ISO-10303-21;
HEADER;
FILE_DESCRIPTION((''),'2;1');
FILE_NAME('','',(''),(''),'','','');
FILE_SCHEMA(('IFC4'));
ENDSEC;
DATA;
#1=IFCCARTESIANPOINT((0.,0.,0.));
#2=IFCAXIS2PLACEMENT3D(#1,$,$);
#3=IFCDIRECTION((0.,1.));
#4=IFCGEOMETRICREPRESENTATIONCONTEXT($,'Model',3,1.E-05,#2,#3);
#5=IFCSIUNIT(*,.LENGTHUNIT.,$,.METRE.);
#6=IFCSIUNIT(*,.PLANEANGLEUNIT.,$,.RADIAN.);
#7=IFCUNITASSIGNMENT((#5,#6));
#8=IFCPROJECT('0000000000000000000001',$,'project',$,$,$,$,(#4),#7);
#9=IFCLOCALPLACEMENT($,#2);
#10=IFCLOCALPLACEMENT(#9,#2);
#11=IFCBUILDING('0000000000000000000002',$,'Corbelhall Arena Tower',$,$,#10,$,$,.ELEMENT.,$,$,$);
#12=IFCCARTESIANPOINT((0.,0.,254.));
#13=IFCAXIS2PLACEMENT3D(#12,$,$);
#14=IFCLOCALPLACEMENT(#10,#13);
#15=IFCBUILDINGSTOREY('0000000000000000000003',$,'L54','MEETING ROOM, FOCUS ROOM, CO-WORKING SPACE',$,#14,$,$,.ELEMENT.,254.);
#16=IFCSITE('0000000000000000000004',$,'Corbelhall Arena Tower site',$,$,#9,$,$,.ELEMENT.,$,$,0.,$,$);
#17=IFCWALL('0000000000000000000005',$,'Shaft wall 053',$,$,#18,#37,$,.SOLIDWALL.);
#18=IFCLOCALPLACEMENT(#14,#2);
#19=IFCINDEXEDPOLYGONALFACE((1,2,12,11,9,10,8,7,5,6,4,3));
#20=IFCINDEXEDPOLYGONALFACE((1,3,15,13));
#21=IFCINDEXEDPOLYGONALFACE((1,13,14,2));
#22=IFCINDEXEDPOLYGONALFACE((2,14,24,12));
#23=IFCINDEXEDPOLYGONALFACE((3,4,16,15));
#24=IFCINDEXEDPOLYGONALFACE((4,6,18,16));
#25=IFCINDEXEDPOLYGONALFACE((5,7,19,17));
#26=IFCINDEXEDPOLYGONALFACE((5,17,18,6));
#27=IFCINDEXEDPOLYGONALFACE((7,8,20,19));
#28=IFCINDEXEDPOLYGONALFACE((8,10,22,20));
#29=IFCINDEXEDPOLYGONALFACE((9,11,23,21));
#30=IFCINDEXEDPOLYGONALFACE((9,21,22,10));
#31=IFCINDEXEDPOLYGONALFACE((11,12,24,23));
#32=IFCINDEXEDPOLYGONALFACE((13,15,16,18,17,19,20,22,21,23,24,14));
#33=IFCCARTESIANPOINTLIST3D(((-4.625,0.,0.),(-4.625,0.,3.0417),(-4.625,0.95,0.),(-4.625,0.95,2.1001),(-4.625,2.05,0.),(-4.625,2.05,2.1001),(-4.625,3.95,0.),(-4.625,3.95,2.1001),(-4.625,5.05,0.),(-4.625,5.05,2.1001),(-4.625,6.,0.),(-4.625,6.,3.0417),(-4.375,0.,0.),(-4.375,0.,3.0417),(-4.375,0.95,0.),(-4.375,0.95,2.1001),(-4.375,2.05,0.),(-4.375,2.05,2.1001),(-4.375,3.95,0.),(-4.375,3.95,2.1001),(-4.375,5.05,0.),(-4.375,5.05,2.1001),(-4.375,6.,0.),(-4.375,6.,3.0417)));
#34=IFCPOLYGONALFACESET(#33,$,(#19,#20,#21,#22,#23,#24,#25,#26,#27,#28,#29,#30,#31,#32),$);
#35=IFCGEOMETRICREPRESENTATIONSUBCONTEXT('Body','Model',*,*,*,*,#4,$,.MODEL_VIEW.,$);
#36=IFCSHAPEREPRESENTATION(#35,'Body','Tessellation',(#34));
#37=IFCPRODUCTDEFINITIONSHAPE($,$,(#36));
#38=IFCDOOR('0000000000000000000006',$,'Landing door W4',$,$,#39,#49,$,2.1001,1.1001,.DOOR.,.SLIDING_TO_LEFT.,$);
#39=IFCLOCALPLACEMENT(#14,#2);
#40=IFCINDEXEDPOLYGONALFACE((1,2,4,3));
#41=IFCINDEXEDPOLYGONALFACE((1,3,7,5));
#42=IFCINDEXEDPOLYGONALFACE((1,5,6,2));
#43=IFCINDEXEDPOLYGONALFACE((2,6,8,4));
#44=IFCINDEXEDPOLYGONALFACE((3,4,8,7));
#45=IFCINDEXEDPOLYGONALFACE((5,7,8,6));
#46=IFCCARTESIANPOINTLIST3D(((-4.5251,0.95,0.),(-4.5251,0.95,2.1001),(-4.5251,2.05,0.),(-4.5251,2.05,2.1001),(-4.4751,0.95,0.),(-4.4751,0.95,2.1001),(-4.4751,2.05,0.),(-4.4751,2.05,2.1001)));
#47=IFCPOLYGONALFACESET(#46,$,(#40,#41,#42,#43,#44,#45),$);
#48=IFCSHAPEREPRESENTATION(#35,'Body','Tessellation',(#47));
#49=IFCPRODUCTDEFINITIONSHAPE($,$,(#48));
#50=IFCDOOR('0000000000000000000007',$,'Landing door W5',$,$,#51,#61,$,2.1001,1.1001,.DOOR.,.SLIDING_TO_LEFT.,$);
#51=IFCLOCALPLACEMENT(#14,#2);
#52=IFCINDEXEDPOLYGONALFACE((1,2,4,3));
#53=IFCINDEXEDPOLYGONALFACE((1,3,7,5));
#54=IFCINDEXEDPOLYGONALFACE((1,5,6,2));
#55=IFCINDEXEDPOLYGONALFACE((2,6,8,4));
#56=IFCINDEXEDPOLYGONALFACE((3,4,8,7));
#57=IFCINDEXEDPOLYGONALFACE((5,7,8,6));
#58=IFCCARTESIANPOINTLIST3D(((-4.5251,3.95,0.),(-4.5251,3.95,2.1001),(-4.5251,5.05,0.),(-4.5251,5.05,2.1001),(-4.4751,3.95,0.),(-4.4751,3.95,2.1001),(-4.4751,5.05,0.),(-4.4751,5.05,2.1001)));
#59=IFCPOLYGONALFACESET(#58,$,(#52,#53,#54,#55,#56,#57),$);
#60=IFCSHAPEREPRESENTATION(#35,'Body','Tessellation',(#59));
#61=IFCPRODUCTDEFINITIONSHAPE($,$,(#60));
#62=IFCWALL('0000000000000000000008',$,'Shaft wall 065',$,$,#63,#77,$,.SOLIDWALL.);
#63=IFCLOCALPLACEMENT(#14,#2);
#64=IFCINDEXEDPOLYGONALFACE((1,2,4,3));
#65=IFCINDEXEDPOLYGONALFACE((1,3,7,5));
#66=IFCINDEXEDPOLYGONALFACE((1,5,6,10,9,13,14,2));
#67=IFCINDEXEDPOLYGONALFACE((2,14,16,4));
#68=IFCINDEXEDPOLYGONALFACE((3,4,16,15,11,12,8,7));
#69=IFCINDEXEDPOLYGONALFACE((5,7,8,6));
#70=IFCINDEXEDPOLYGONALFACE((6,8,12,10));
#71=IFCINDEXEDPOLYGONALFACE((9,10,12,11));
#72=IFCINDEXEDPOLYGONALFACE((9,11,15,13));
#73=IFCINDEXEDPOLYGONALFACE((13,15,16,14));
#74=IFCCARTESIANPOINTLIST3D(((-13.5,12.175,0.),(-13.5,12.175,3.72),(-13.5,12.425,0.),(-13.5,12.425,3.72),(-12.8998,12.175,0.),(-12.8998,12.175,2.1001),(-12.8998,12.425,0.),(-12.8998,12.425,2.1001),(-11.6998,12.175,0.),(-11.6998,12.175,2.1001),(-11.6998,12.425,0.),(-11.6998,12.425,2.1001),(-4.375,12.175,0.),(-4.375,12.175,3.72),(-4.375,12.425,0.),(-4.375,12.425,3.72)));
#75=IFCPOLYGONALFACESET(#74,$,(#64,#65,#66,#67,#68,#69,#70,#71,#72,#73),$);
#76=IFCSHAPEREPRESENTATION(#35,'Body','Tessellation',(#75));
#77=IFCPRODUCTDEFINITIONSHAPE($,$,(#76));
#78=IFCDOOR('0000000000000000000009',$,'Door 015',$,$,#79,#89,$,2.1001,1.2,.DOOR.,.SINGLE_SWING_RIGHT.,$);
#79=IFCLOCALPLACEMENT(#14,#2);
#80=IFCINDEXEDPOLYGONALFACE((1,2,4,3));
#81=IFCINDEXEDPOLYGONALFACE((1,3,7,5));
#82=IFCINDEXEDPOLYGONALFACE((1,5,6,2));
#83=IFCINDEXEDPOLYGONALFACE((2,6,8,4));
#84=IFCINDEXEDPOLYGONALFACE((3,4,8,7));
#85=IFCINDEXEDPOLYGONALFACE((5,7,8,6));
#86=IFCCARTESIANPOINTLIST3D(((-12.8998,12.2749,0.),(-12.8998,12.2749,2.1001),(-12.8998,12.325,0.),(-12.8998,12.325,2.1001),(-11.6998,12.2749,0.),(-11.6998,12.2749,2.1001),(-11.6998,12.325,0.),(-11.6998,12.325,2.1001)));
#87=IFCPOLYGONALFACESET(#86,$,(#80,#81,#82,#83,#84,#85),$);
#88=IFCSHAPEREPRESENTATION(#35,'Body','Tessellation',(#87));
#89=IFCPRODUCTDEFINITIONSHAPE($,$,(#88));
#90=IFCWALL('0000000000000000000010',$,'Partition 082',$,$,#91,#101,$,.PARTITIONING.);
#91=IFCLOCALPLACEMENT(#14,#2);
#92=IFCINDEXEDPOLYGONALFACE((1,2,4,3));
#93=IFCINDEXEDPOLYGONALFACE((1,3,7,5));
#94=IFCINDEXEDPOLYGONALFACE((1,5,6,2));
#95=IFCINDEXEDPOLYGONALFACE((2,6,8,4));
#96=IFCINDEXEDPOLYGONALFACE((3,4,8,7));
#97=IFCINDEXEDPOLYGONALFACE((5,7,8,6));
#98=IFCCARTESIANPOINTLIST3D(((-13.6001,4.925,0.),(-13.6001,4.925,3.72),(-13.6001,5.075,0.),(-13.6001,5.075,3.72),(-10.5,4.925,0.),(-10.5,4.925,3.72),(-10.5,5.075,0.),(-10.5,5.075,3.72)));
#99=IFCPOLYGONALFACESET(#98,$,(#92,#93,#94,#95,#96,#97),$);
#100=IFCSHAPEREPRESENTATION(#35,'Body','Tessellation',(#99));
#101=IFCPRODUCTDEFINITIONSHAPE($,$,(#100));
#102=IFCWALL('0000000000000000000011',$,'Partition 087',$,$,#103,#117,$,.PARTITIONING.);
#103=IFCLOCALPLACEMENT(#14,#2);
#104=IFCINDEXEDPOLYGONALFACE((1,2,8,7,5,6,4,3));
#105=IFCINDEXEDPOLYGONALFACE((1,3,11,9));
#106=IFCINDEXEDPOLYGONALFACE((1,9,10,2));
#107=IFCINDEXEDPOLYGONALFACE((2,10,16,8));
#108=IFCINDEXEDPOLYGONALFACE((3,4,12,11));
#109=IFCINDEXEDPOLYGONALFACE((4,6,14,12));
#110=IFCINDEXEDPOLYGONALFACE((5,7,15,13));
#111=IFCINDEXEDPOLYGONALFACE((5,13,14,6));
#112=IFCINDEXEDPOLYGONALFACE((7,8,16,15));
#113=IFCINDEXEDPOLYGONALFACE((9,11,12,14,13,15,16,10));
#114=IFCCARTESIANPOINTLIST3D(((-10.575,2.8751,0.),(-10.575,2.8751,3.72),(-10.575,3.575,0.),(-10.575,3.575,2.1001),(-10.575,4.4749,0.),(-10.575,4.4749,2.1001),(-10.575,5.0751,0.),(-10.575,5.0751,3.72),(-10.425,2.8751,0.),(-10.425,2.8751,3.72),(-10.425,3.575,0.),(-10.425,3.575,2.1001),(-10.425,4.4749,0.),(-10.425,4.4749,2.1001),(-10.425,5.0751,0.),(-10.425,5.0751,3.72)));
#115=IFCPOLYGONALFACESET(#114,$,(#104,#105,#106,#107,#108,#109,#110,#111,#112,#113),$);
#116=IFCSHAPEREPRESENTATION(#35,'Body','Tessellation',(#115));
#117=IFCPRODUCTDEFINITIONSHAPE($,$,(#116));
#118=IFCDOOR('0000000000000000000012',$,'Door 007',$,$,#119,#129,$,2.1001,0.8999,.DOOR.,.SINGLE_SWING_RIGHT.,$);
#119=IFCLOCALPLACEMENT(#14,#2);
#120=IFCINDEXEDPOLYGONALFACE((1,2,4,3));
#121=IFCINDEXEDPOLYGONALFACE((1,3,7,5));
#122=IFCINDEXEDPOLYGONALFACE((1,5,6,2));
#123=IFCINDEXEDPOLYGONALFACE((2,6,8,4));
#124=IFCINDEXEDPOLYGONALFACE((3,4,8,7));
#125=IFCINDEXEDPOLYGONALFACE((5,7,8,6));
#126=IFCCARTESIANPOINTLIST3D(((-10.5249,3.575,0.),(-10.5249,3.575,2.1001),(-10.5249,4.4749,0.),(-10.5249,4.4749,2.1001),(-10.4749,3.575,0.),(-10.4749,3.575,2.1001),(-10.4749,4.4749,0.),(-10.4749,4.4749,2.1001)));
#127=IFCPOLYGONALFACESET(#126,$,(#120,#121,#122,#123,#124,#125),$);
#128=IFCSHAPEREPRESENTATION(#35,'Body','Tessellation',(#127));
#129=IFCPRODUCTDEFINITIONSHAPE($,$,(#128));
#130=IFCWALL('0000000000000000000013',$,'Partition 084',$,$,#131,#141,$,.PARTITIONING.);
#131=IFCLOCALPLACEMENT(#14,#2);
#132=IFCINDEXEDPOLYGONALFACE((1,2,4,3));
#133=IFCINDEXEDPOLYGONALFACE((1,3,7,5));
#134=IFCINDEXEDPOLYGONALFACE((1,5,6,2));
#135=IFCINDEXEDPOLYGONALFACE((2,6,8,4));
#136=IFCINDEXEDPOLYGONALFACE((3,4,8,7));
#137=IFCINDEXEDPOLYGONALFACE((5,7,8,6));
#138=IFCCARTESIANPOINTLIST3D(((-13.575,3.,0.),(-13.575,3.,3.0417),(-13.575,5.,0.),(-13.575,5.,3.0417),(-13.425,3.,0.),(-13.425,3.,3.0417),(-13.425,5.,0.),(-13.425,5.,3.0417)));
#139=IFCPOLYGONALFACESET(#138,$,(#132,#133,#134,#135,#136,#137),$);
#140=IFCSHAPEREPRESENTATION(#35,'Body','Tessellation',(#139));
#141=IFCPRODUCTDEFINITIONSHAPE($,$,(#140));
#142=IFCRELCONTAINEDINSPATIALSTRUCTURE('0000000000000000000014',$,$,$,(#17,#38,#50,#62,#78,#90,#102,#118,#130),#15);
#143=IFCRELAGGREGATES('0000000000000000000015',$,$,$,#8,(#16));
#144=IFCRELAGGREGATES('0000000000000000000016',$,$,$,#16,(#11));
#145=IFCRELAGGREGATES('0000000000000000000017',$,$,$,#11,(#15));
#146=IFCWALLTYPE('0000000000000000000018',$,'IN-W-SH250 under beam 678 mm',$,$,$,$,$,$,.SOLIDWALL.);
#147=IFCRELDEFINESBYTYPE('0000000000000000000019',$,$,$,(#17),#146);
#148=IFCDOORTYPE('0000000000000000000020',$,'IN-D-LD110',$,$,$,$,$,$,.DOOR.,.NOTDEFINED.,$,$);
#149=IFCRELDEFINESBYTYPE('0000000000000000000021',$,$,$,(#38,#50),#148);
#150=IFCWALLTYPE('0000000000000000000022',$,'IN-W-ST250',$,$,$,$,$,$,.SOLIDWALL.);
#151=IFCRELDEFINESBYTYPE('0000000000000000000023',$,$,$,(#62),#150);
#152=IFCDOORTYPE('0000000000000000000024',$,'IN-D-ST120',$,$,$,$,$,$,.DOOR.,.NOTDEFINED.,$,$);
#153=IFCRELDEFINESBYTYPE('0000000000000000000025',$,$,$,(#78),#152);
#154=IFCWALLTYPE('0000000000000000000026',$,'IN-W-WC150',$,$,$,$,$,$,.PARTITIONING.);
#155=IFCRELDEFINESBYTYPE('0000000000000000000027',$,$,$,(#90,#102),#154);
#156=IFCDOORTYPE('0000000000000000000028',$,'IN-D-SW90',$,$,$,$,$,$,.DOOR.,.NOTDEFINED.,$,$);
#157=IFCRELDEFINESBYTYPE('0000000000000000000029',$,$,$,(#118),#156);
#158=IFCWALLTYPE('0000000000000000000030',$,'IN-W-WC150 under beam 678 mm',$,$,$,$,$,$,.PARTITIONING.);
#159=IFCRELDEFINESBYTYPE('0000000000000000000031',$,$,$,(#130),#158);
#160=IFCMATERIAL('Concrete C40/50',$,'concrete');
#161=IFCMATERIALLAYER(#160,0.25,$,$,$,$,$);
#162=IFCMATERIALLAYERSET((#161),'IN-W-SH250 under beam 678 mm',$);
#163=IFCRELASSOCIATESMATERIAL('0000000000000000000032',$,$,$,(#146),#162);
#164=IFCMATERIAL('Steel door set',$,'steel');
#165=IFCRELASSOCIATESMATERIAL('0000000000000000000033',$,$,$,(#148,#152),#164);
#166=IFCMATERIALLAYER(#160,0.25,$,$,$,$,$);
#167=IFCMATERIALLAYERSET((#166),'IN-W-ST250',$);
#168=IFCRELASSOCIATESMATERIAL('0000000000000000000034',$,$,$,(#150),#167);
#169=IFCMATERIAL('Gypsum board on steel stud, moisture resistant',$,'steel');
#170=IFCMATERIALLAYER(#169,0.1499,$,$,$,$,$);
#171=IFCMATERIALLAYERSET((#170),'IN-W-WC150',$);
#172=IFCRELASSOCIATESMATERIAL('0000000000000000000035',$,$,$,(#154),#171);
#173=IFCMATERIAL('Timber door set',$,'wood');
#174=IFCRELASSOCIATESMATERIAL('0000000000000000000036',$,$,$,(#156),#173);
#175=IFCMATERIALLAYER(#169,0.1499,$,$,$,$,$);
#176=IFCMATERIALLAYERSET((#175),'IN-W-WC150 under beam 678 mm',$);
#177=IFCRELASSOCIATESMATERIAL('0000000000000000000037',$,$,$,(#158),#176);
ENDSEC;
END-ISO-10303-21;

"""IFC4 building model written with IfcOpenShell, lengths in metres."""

from ifc_helpers import new_model, si_unit, direction, frame, frame_2d, origin, place, context, subcontext, project, spatial, rectangle, extrude, material, layer, layer_set, type_object, element, fill, save


model = new_model("IFC4")

# Units and contexts
model_context = context("Model", 3, precision=1e-05, world=origin(), true_north=direction((0.0, 1.0)))
body_context = subcontext(model_context, "Body", "Model", "MODEL_VIEW")
ifc_project = project(units=[si_unit("LENGTHUNIT", "METRE"), si_unit("PLANEANGLEUNIT", "RADIAN")], contexts=[model_context])

# Site, building, storey
site_placement = place(None, origin())
site = spatial("IfcSite", under=ifc_project, at=site_placement, Name="Corbelhall Arena Tower site", CompositionType="ELEMENT", RefElevation=0.0)
building_placement = place(site_placement, origin())
building = spatial("IfcBuilding", under=site, at=building_placement, Name="Corbelhall Arena Tower", CompositionType="ELEMENT")
storey_placement = place(building_placement, frame((0.0, 0.0, 254.0)))
storey = spatial("IfcBuildingStorey", under=building, at=storey_placement, Name="L54", Description="MEETING ROOM, FOCUS ROOM, CO-WORKING SPACE", CompositionType="ELEMENT", Elevation=254.0)

# Shared definitions
ifc_material_1 = material(Name="Steel door set", Category="steel")

# Shared definitions
ifc_material_2 = material(Name="Concrete C40/50", Category="concrete")

# Wall, openings, doors
ifc_layer_1 = layer(ifc_material_2, 0.25)
ifc_layer_set_1 = layer_set([ifc_layer_1], Name="IN-W-SH250 under beam 678 mm")
wall_type_1 = type_object("IfcWallType", Name="IN-W-SH250 under beam 678 mm", PredefinedType="SOLIDWALL", material=ifc_layer_set_1)
wall_1_placement = place(storey_placement, frame((-4.5, 6.0, 0.0), z_axis=(0.0, 0.0, 1.0), x_axis=(0.0, -1.0, 0.0)))
wall_1 = element("IfcWall", 1, at=wall_1_placement, inside=storey, type_object=wall_type_1, Name="Shaft wall 053", PredefinedType="SOLIDWALL", context=body_context, shape_type="SweptSolid", body=[
    extrude(rectangle(XDim=6.0, YDim=0.25, at=frame_2d((3.0, 0.0))), origin(), (0.0, 0.0, 1.0), 3.0417),
])
opening_1_placement = place(wall_1_placement, frame((3.95, 0.0, 0.0)))
opening_1 = element("IfcOpeningElement", 2, at=opening_1_placement, cuts=wall_1, PredefinedType="OPENING", context=body_context, shape_type="SweptSolid", body=[
    extrude(rectangle(XDim=1.1001, YDim=2.1001, at=frame_2d((0.55, 1.05))), frame((0.0, 0.125, 0.0), z_axis=(0.0, -1.0, 0.0), x_axis=(1.0, 0.0, 0.0)), (0.0, 0.0, 1.0), 0.25),
])
opening_2_placement = place(wall_1_placement, frame((0.95, 0.0, 0.0)))
opening_2 = element("IfcOpeningElement", 3, at=opening_2_placement, cuts=wall_1, PredefinedType="OPENING", context=body_context, shape_type="SweptSolid", body=[
    extrude(rectangle(XDim=1.1001, YDim=2.1001, at=frame_2d((0.55, 1.05))), frame((0.0, 0.125, 0.0), z_axis=(0.0, -1.0, 0.0), x_axis=(1.0, 0.0, 0.0)), (0.0, 0.0, 1.0), 0.25),
])
door_type_1 = type_object("IfcDoorType", Name="IN-D-LD110", OperationType="NOTDEFINED", PredefinedType="DOOR", material=ifc_material_1)
door_1_placement = place(opening_1_placement, origin())
door_1 = element("IfcDoor", 4, at=door_1_placement, inside=storey, type_object=door_type_1, Name="Landing door W4", OperationType="SLIDING_TO_LEFT", OverallHeight=2.1001, OverallWidth=1.1001, PredefinedType="DOOR", context=body_context, shape_type="SweptSolid", body=[
    extrude(rectangle(XDim=1.1001, YDim=2.1001, at=frame_2d((0.55, 1.05))), frame((0.0, 0.0249, 0.0), z_axis=(0.0, -1.0, 0.0), x_axis=(1.0, 0.0, 0.0)), (0.0, 0.0, 1.0), 0.05),
])
fill(opening_1, door_1)
door_2_placement = place(opening_2_placement, origin())
door_2 = element("IfcDoor", 5, at=door_2_placement, inside=storey, type_object=door_type_1, Name="Landing door W5", OperationType="SLIDING_TO_LEFT", OverallHeight=2.1001, OverallWidth=1.1001, PredefinedType="DOOR", context=body_context, shape_type="SweptSolid", body=[
    extrude(rectangle(XDim=1.1001, YDim=2.1001, at=frame_2d((0.55, 1.05))), frame((0.0, 0.0249, 0.0), z_axis=(0.0, -1.0, 0.0), x_axis=(1.0, 0.0, 0.0)), (0.0, 0.0, 1.0), 0.05),
])
fill(opening_2, door_2)

# Wall, opening, door
ifc_layer_2 = layer(ifc_material_2, 0.25)
ifc_layer_set_2 = layer_set([ifc_layer_2], Name="IN-W-ST250")
wall_type_2 = type_object("IfcWallType", Name="IN-W-ST250", PredefinedType="SOLIDWALL", material=ifc_layer_set_2)
wall_2_placement = place(storey_placement, frame((-13.5, 12.3, 0.0), z_axis=(0.0, 0.0, 1.0), x_axis=(1.0, 0.0, 0.0)))
wall_2 = element("IfcWall", 6, at=wall_2_placement, inside=storey, type_object=wall_type_2, Name="Shaft wall 065", PredefinedType="SOLIDWALL", context=body_context, shape_type="SweptSolid", body=[
    extrude(rectangle(XDim=9.125, YDim=0.25, at=frame_2d((4.5625, 0.0))), origin(), (0.0, 0.0, 1.0), 3.72),
])
opening_3_placement = place(wall_2_placement, frame((0.6001, 0.0, 0.0)))
opening_3 = element("IfcOpeningElement", 7, at=opening_3_placement, cuts=wall_2, PredefinedType="OPENING", context=body_context, shape_type="SweptSolid", body=[
    extrude(rectangle(XDim=1.2, YDim=2.1001, at=frame_2d((0.6001, 1.05))), frame((0.0, 0.125, 0.0), z_axis=(0.0, -1.0, 0.0), x_axis=(1.0, 0.0, 0.0)), (0.0, 0.0, 1.0), 0.25),
])
door_type_2 = type_object("IfcDoorType", Name="IN-D-ST120", OperationType="NOTDEFINED", PredefinedType="DOOR", material=ifc_material_1)
door_3_placement = place(opening_3_placement, origin())
door_3 = element("IfcDoor", 8, at=door_3_placement, inside=storey, type_object=door_type_2, Name="Door 015", OperationType="SINGLE_SWING_RIGHT", OverallHeight=2.1001, OverallWidth=1.2, PredefinedType="DOOR", context=body_context, shape_type="SweptSolid", body=[
    extrude(rectangle(XDim=1.2, YDim=2.1001, at=frame_2d((0.6001, 1.05))), frame((0.0, 0.0249, 0.0), z_axis=(0.0, -1.0, 0.0), x_axis=(1.0, 0.0, 0.0)), (0.0, 0.0, 1.0), 0.05),
])
fill(opening_3, door_3)

# Wall
ifc_material_3 = material(Name="Gypsum board on steel stud, moisture resistant", Category="steel")
ifc_layer_3 = layer(ifc_material_3, 0.1499)
ifc_layer_set_3 = layer_set([ifc_layer_3], Name="IN-W-WC150")
wall_type_3 = type_object("IfcWallType", Name="IN-W-WC150", PredefinedType="PARTITIONING", material=ifc_layer_set_3)
wall_3_placement = place(storey_placement, frame((-13.6001, 5.0, 0.0), z_axis=(0.0, 0.0, 1.0), x_axis=(1.0, 0.0, 0.0)))
element("IfcWall", 9, at=wall_3_placement, inside=storey, type_object=wall_type_3, Name="Partition 082", PredefinedType="PARTITIONING", context=body_context, shape_type="SweptSolid", body=[
    extrude(rectangle(XDim=3.1001, YDim=0.1499, at=frame_2d((1.55, 0.0))), origin(), (0.0, 0.0, 1.0), 3.72),
])

# Wall, opening, door
wall_4_placement = place(storey_placement, frame((-10.5, 2.875, 0.0), z_axis=(0.0, 0.0, 1.0), x_axis=(0.0, 1.0, 0.0)))
wall_4 = element("IfcWall", 10, at=wall_4_placement, inside=storey, type_object=wall_type_3, Name="Partition 087", PredefinedType="PARTITIONING", context=body_context, shape_type="SweptSolid", body=[
    extrude(rectangle(XDim=2.2, YDim=0.1499, at=frame_2d((1.1001, 0.0))), origin(), (0.0, 0.0, 1.0), 3.72),
])
opening_4_placement = place(wall_4_placement, frame((0.7, 0.0, 0.0)))
opening_4 = element("IfcOpeningElement", 11, at=opening_4_placement, cuts=wall_4, PredefinedType="OPENING", context=body_context, shape_type="SweptSolid", body=[
    extrude(rectangle(XDim=0.8999, YDim=2.1001, at=frame_2d((0.45, 1.05))), frame((0.0, 0.075, 0.0), z_axis=(0.0, -1.0, 0.0), x_axis=(1.0, 0.0, 0.0)), (0.0, 0.0, 1.0), 0.1499),
])
ifc_material_4 = material(Name="Timber door set", Category="wood")
door_type_3 = type_object("IfcDoorType", Name="IN-D-SW90", OperationType="NOTDEFINED", PredefinedType="DOOR", material=ifc_material_4)
door_4_placement = place(opening_4_placement, origin())
door_4 = element("IfcDoor", 12, at=door_4_placement, inside=storey, type_object=door_type_3, Name="Door 007", OperationType="SINGLE_SWING_RIGHT", OverallHeight=2.1001, OverallWidth=0.8999, PredefinedType="DOOR", context=body_context, shape_type="SweptSolid", body=[
    extrude(rectangle(XDim=0.8999, YDim=2.1001, at=frame_2d((0.45, 1.05))), frame((0.0, 0.0249, 0.0), z_axis=(0.0, -1.0, 0.0), x_axis=(1.0, 0.0, 0.0)), (0.0, 0.0, 1.0), 0.05),
])
fill(opening_4, door_4)

# Wall
ifc_layer_4 = layer(ifc_material_3, 0.1499)
ifc_layer_set_4 = layer_set([ifc_layer_4], Name="IN-W-WC150 under beam 678 mm")
wall_type_4 = type_object("IfcWallType", Name="IN-W-WC150 under beam 678 mm", PredefinedType="PARTITIONING", material=ifc_layer_set_4)
wall_5_placement = place(storey_placement, frame((-13.5, 3.0, 0.0), z_axis=(0.0, 0.0, 1.0), x_axis=(0.0, 1.0, 0.0)))
element("IfcWall", 13, at=wall_5_placement, inside=storey, type_object=wall_type_4, Name="Partition 084", PredefinedType="PARTITIONING", context=body_context, shape_type="SweptSolid", body=[
    extrude(rectangle(XDim=2.0, YDim=0.1499, at=frame_2d((1.0, 0.0))), origin(), (0.0, 0.0, 1.0), 3.0417),
])

save(model, "model.ifc")
